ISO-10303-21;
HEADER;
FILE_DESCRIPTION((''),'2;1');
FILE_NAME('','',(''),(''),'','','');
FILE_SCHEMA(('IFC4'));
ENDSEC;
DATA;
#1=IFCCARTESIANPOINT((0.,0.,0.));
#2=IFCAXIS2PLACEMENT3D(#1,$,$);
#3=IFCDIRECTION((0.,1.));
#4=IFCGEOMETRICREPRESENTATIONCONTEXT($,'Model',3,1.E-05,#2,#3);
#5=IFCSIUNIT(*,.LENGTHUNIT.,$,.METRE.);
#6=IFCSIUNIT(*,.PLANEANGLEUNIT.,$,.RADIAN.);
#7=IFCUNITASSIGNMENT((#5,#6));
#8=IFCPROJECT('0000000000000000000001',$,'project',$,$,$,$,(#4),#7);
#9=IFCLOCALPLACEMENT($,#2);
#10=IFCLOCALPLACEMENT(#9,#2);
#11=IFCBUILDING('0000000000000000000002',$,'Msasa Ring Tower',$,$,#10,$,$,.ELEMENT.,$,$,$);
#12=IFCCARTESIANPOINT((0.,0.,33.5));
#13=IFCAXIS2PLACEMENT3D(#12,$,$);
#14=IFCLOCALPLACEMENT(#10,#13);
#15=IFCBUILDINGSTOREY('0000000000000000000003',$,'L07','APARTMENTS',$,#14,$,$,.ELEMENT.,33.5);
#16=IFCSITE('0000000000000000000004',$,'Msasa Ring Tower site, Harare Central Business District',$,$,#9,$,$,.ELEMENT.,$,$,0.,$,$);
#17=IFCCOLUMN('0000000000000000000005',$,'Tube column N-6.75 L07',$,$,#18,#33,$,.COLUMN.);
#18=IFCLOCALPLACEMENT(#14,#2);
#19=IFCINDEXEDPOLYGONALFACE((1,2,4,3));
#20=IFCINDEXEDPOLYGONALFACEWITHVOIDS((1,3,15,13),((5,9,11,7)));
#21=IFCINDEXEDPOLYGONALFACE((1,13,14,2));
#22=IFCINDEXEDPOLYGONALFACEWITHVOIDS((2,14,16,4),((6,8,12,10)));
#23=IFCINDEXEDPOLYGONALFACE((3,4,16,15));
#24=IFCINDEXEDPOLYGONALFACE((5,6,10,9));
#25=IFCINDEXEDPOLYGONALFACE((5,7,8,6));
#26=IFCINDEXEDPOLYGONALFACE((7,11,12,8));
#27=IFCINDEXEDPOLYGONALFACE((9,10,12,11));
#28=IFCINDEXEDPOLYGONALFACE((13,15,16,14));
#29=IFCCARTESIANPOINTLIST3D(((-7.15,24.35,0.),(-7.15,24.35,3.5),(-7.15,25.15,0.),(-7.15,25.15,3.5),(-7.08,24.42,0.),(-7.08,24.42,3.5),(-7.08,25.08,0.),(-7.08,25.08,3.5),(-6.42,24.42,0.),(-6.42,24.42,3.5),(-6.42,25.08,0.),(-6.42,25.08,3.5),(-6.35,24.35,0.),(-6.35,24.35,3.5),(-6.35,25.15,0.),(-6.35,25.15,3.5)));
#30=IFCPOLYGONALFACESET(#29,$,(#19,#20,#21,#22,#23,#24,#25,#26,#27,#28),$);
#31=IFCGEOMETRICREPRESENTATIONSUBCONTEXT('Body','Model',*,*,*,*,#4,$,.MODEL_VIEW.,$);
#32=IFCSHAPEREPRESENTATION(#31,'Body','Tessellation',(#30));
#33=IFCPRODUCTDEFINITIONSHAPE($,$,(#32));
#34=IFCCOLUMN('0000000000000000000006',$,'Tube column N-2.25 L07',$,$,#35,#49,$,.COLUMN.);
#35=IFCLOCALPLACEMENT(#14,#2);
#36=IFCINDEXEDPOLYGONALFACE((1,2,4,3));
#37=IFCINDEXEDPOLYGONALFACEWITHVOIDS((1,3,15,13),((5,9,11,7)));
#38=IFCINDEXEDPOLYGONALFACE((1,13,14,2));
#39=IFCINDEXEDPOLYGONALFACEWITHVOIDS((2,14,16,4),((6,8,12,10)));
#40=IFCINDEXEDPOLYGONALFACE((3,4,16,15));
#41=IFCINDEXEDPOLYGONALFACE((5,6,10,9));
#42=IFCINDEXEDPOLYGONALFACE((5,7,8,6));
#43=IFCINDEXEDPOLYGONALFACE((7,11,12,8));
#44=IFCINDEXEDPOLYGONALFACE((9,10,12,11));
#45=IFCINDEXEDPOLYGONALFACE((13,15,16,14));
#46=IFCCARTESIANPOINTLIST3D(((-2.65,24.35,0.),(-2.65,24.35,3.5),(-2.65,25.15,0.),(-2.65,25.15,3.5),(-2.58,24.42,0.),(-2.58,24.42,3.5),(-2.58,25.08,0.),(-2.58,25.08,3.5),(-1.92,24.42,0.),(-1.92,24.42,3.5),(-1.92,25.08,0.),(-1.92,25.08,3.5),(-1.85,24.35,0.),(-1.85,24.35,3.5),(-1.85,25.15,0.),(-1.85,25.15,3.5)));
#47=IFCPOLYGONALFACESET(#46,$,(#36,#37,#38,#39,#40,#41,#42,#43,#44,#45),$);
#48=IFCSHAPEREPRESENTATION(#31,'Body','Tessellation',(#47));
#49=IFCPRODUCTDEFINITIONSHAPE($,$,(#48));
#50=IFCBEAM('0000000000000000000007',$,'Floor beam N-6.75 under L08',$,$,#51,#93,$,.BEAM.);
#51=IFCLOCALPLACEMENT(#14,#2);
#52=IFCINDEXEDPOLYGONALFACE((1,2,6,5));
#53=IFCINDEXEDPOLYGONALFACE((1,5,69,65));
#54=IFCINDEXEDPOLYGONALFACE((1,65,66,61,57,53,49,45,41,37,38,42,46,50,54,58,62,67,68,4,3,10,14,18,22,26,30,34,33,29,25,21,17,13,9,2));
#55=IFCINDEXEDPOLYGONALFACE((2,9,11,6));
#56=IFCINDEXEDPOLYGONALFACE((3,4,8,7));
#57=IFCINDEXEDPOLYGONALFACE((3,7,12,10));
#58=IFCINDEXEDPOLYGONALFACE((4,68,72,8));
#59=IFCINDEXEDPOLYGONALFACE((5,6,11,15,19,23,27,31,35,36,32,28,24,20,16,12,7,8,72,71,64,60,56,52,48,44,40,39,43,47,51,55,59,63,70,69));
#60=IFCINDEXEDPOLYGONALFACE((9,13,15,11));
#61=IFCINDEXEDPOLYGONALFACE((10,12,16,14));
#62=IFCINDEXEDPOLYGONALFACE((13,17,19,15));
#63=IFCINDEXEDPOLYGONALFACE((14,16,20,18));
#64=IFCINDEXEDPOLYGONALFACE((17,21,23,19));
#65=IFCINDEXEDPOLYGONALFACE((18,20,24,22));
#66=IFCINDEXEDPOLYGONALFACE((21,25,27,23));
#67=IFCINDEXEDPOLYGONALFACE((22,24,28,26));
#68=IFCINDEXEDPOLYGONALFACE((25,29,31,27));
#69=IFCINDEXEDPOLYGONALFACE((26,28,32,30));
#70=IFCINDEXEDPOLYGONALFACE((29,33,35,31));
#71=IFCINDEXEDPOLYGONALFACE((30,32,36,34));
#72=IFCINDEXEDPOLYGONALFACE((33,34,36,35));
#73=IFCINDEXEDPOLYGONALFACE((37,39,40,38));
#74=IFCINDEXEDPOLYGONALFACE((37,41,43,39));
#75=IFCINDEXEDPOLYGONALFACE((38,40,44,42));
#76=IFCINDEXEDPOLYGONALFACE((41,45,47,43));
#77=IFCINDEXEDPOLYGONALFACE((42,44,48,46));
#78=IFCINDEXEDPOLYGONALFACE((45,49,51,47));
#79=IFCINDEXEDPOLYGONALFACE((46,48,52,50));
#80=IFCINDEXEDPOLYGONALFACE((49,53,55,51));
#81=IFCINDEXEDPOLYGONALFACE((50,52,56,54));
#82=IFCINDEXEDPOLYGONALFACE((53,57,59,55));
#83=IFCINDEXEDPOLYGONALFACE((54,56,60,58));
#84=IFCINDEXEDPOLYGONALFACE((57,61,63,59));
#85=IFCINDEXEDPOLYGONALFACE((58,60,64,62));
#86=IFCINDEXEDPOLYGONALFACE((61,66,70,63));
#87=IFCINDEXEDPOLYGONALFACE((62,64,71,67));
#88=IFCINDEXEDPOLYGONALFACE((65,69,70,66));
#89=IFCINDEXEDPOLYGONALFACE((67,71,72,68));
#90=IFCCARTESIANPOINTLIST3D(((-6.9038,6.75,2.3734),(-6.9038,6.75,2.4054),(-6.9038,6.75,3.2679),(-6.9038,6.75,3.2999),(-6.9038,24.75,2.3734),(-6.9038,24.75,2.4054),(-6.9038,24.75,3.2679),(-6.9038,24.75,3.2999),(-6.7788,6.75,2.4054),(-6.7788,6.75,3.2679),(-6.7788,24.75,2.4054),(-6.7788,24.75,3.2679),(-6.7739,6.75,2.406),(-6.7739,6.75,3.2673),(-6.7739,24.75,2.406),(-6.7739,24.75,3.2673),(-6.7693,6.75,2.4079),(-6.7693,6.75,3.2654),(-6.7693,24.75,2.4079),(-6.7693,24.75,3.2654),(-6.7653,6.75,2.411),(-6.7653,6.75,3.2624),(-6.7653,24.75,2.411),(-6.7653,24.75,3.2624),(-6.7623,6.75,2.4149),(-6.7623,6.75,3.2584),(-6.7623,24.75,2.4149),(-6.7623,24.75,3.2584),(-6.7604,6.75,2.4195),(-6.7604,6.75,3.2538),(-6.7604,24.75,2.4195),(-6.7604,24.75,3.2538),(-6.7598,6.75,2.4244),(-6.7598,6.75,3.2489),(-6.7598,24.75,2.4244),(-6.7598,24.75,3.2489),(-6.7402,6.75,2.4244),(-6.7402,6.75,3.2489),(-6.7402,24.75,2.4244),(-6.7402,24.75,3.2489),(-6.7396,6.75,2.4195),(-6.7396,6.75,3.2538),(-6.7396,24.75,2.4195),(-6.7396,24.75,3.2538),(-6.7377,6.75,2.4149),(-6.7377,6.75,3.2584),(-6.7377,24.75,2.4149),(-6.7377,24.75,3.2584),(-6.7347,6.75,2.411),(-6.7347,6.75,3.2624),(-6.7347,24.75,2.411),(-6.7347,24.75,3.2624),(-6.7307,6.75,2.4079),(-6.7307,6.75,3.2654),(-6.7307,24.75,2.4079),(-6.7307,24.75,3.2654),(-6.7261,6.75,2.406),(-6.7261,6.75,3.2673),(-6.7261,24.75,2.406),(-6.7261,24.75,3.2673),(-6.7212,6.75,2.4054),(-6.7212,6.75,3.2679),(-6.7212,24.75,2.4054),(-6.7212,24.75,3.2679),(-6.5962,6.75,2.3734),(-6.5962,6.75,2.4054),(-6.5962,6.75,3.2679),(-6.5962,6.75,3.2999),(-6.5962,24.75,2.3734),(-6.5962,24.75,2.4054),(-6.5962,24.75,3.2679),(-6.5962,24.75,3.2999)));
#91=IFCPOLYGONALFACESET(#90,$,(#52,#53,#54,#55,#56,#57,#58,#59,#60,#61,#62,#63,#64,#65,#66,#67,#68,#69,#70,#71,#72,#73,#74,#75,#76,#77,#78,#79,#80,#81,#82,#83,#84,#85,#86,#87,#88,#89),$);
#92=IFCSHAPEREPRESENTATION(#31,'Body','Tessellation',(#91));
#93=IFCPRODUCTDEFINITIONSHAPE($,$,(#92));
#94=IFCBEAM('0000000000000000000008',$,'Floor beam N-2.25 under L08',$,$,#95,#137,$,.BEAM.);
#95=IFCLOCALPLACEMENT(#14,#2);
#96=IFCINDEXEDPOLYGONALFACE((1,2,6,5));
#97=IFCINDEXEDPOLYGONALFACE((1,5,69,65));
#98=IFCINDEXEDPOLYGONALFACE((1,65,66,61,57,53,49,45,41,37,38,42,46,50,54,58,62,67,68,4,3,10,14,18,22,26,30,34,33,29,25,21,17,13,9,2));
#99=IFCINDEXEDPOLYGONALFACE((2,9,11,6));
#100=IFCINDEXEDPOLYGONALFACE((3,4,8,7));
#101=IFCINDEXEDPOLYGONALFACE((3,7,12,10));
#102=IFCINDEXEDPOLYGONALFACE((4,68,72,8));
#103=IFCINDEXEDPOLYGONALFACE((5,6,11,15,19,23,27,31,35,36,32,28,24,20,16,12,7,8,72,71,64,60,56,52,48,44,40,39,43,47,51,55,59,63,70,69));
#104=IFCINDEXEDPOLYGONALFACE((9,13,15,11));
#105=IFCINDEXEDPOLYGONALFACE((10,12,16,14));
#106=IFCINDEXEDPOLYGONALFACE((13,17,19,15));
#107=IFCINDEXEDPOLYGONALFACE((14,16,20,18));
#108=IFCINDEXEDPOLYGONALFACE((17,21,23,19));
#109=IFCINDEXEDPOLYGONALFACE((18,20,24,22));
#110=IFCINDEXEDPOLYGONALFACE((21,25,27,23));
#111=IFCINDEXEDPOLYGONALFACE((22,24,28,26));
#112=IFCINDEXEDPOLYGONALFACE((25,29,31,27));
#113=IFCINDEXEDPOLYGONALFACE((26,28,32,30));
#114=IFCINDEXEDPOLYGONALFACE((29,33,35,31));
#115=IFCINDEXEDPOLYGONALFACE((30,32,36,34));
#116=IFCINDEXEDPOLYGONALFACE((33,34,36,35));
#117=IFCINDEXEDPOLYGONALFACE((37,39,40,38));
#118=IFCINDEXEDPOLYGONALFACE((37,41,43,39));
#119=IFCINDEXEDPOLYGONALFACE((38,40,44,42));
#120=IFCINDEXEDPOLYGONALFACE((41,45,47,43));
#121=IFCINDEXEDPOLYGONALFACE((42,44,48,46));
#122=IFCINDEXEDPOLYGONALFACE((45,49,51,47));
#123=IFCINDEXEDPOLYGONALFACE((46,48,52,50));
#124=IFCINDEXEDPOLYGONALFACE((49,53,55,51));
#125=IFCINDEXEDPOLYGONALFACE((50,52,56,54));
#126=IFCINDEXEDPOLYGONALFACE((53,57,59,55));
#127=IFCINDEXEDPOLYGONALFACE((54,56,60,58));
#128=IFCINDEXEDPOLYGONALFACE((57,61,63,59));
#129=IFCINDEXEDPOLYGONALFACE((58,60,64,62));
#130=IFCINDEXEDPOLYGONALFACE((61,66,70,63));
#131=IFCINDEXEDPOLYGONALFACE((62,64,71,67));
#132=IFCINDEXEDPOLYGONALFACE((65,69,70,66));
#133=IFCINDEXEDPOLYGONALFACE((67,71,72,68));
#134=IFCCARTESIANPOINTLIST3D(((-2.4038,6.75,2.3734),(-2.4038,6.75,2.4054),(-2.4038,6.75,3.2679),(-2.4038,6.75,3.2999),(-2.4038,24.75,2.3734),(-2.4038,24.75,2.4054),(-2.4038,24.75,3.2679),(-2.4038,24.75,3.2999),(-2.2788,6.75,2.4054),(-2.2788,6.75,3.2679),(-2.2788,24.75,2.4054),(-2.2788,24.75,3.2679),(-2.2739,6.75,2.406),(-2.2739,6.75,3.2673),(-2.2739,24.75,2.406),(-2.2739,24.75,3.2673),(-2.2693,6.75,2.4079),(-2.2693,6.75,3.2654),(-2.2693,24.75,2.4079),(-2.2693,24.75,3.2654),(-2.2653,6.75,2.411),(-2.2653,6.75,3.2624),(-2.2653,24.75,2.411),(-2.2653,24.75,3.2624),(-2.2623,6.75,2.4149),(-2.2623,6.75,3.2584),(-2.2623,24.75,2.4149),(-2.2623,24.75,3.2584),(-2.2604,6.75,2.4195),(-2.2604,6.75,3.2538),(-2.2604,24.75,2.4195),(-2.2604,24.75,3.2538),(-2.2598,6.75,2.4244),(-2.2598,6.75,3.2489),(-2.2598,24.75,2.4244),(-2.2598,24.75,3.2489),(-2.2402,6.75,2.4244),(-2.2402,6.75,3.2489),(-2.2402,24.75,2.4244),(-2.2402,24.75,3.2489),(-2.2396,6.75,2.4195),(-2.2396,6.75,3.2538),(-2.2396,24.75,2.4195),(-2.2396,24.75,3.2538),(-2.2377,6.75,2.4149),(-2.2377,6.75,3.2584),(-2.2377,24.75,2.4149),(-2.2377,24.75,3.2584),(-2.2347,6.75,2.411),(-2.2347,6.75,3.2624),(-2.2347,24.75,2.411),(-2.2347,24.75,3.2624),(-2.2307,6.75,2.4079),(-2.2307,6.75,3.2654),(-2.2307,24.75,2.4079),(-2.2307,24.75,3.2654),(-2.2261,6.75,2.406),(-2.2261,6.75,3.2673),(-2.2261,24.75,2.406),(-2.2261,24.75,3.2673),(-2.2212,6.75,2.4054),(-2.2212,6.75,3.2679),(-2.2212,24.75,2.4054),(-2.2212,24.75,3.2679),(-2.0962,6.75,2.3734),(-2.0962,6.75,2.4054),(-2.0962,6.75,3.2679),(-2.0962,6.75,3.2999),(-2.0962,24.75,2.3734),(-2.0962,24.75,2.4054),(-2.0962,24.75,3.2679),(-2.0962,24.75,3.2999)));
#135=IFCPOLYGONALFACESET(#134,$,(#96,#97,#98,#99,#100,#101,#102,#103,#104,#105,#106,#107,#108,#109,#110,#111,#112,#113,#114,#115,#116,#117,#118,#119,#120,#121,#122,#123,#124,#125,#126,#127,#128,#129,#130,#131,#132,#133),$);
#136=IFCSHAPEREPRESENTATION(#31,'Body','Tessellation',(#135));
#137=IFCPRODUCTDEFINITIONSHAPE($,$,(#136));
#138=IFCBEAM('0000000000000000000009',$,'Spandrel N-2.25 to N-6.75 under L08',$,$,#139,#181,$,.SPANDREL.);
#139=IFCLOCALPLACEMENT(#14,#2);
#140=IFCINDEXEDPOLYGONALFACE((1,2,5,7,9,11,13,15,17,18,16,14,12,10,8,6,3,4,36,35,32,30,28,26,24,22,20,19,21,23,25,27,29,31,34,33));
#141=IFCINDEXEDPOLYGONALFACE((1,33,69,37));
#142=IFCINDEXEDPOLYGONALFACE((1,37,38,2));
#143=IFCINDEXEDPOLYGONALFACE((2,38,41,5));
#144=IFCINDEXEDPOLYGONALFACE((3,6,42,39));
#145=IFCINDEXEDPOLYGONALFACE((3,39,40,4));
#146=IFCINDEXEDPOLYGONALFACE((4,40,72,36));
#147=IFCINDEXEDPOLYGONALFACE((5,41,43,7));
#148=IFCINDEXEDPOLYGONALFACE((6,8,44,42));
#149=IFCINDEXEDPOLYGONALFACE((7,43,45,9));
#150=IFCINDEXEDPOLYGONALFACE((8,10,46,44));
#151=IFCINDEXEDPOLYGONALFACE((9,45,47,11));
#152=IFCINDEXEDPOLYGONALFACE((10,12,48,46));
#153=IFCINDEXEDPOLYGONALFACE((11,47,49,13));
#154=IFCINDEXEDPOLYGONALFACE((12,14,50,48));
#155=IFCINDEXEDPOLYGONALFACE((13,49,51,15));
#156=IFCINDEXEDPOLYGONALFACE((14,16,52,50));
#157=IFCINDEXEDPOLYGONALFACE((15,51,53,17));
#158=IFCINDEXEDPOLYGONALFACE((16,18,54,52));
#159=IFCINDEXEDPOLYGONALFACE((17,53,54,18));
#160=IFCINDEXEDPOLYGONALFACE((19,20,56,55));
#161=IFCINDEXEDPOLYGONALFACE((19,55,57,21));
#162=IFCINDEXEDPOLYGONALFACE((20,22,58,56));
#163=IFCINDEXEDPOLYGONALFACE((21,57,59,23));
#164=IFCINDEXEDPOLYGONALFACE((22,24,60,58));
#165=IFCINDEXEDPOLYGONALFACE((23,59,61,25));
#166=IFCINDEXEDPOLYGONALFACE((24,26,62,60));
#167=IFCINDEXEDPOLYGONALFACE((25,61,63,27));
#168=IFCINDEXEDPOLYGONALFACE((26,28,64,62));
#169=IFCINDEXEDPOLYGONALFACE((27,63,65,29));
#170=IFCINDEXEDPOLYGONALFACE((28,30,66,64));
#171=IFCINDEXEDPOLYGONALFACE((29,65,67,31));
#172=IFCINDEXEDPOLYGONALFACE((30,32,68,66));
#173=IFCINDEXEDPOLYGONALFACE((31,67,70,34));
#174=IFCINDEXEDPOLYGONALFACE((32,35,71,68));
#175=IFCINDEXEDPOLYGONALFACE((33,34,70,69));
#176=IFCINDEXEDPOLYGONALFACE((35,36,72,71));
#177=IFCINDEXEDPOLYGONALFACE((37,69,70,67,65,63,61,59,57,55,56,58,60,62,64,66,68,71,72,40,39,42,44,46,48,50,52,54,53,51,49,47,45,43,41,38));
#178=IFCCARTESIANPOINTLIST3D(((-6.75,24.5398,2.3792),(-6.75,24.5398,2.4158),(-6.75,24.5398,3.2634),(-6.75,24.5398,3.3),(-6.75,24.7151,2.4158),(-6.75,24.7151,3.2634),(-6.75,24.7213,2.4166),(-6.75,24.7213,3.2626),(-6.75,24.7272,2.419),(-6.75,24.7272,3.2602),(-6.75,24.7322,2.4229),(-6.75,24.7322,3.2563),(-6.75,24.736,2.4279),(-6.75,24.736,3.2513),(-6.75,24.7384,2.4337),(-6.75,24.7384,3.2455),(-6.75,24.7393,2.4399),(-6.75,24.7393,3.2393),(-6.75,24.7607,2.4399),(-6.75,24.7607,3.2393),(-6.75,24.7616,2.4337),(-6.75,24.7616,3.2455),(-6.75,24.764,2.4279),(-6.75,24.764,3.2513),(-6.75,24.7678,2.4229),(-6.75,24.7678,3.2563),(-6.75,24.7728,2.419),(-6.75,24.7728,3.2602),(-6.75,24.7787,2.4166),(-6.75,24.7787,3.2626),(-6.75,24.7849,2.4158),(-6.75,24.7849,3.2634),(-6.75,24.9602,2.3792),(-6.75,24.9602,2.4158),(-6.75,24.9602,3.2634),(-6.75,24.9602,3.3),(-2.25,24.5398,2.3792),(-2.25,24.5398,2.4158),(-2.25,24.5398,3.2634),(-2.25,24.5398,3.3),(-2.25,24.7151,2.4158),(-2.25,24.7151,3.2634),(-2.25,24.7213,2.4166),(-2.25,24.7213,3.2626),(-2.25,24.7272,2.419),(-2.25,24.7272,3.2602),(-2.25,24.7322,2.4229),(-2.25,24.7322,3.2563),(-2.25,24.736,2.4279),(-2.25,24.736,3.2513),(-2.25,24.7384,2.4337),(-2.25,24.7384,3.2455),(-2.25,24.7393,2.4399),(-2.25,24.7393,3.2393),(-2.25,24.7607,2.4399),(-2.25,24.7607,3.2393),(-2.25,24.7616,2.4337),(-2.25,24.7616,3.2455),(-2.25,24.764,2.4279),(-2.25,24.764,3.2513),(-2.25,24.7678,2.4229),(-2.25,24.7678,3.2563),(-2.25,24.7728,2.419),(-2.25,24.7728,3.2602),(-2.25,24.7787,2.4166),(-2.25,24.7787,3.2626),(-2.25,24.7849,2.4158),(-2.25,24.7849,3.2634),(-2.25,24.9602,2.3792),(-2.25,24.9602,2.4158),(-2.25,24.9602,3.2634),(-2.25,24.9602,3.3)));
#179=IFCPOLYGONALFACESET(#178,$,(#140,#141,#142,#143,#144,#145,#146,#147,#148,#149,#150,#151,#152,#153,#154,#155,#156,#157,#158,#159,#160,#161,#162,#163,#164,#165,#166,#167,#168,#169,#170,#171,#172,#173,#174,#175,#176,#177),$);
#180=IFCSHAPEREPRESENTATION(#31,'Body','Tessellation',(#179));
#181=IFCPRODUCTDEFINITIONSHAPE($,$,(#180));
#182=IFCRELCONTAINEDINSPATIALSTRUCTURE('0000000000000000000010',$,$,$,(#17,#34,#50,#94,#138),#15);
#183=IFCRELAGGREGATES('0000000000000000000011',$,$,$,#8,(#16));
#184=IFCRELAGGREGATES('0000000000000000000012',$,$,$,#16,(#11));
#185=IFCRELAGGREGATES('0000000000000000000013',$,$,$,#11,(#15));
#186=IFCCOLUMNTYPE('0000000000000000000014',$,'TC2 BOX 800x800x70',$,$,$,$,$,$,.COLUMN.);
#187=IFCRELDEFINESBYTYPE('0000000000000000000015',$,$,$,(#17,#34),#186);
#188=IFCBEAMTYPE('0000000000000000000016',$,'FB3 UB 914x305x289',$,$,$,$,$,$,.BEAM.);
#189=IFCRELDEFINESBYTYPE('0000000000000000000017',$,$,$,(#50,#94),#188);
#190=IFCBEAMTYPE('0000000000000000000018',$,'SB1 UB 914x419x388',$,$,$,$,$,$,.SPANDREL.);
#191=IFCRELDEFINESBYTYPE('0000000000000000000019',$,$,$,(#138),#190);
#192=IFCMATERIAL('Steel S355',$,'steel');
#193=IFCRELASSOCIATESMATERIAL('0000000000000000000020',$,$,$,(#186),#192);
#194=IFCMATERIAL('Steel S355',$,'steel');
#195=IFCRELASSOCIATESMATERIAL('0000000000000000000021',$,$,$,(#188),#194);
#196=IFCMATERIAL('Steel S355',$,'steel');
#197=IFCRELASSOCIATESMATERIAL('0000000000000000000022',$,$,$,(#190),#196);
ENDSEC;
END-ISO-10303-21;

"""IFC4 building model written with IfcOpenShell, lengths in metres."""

from ifc_helpers import new_model, si_unit, direction, frame, origin, origin_2d, place, context, subcontext, project, spatial, hollow_rectangle, i_section, extrude, material, material_profile, profile_set, type_object, element, save


model = new_model("IFC4")

# Units and contexts
model_context = context("Model", 3, precision=1e-05, world=origin(), true_north=direction((0.0, 1.0)))
body_context = subcontext(model_context, "Body", "Model", "MODEL_VIEW")
ifc_project = project(units=[si_unit("LENGTHUNIT", "METRE"), si_unit("PLANEANGLEUNIT", "RADIAN")], contexts=[model_context])

# Site, building, storey
site_placement = place(None, origin())
site = spatial("IfcSite", under=ifc_project, at=site_placement, Name="Msasa Ring Tower site, Harare Central Business District", CompositionType="ELEMENT", RefElevation=0.0)
building_placement = place(site_placement, origin())
building = spatial("IfcBuilding", under=site, at=building_placement, Name="Msasa Ring Tower", CompositionType="ELEMENT")
storey_placement = place(building_placement, frame((0.0, 0.0, 33.5)))
storey = spatial("IfcBuildingStorey", under=building, at=storey_placement, Name="L07", Description="APARTMENTS", CompositionType="ELEMENT", Elevation=33.5)

# Columns
ifc_material_1 = material(Name="Steel S355", Category="steel")
ifc_material_profile_1 = material_profile(ifc_material_1, hollow_rectangle(XDim=0.8, YDim=0.8, WallThickness=0.0701, at=origin_2d()), Name="BOX 800x800x70")
ifc_profile_set_1 = profile_set([ifc_material_profile_1], Name="Steel S355")
column_type = type_object("IfcColumnType", Name="TC2 BOX 800x800x70", PredefinedType="COLUMN", material=ifc_profile_set_1)
for number, where, z_axis, x_axis, name in (
    (1, (-6.75, 24.75, 0.0), (0.0, 0.0, 1.0), (0.0, 1.0, 0.0), "Tube column N-6.75 L07"),
    (2, (-2.25, 24.75, 0.0), (0.0, 0.0, 1.0), (0.0, 1.0, 0.0), "Tube column N-2.25 L07"),
):
    element("IfcColumn", number, at=place(storey_placement, frame(where, z_axis=z_axis, x_axis=x_axis)), inside=storey, type_object=column_type, Name=name, PredefinedType="COLUMN", context=body_context, shape_type="SweptSolid", body=[
        extrude(hollow_rectangle(XDim=0.8, YDim=0.8, WallThickness=0.0701, at=origin_2d()), origin(), (0.0, 0.0, 1.0), 3.5),
    ])

# Beams
ifc_material_2 = material(Name="Steel S355", Category="steel")
ifc_material_profile_2 = material_profile(ifc_material_2, i_section(OverallWidth=0.3076, OverallDepth=0.9265, WebThickness=0.0195, FlangeThickness=0.032, FilletRadius=0.019, at=origin_2d()), Name="UB 914x305x289")
ifc_profile_set_2 = profile_set([ifc_material_profile_2], Name="Steel S355")
beam_type_1 = type_object("IfcBeamType", Name="FB3 UB 914x305x289", PredefinedType="BEAM", material=ifc_profile_set_2)
for number, where, z_axis, x_axis, name in (
    (3, (-6.75, 24.75, 2.8367), (0.0, -1.0, 0.0), (1.0, 0.0, 0.0), "Floor beam N-6.75 under L08"),
    (4, (-2.25, 24.75, 2.8367), (0.0, -1.0, 0.0), (1.0, 0.0, 0.0), "Floor beam N-2.25 under L08"),
):
    element("IfcBeam", number, at=place(storey_placement, frame(where, z_axis=z_axis, x_axis=x_axis)), inside=storey, type_object=beam_type_1, Name=name, PredefinedType="BEAM", context=body_context, shape_type="SweptSolid", body=[
        extrude(i_section(OverallWidth=0.3076, OverallDepth=0.9265, WebThickness=0.0195, FlangeThickness=0.032, FilletRadius=0.019, at=origin_2d()), origin(), (0.0, 0.0, 1.0), 18.0),
    ])
ifc_material_3 = material(Name="Steel S355", Category="steel")
ifc_material_profile_3 = material_profile(ifc_material_3, i_section(OverallWidth=0.4204, OverallDepth=0.9209, WebThickness=0.0215, FlangeThickness=0.0366, FilletRadius=0.0242, at=origin_2d()), Name="UB 914x419x388")
ifc_profile_set_3 = profile_set([ifc_material_profile_3], Name="Steel S355")
beam_type_2 = type_object("IfcBeamType", Name="SB1 UB 914x419x388", PredefinedType="SPANDREL", material=ifc_profile_set_3)
for number, where, z_axis, x_axis, name in (
    (5, (-2.25, 24.75, 2.8396), (-1.0, 0.0, 0.0), (0.0, -1.0, 0.0), "Spandrel N-2.25 to N-6.75 under L08"),
):
    element("IfcBeam", number, at=place(storey_placement, frame(where, z_axis=z_axis, x_axis=x_axis)), inside=storey, type_object=beam_type_2, Name=name, PredefinedType="SPANDREL", context=body_context, shape_type="SweptSolid", body=[
        extrude(i_section(OverallWidth=0.4204, OverallDepth=0.9209, WebThickness=0.0215, FlangeThickness=0.0366, FilletRadius=0.0242, at=origin_2d()), origin(), (0.0, 0.0, 1.0), 4.5),
    ])

save(model, "model.ifc")
